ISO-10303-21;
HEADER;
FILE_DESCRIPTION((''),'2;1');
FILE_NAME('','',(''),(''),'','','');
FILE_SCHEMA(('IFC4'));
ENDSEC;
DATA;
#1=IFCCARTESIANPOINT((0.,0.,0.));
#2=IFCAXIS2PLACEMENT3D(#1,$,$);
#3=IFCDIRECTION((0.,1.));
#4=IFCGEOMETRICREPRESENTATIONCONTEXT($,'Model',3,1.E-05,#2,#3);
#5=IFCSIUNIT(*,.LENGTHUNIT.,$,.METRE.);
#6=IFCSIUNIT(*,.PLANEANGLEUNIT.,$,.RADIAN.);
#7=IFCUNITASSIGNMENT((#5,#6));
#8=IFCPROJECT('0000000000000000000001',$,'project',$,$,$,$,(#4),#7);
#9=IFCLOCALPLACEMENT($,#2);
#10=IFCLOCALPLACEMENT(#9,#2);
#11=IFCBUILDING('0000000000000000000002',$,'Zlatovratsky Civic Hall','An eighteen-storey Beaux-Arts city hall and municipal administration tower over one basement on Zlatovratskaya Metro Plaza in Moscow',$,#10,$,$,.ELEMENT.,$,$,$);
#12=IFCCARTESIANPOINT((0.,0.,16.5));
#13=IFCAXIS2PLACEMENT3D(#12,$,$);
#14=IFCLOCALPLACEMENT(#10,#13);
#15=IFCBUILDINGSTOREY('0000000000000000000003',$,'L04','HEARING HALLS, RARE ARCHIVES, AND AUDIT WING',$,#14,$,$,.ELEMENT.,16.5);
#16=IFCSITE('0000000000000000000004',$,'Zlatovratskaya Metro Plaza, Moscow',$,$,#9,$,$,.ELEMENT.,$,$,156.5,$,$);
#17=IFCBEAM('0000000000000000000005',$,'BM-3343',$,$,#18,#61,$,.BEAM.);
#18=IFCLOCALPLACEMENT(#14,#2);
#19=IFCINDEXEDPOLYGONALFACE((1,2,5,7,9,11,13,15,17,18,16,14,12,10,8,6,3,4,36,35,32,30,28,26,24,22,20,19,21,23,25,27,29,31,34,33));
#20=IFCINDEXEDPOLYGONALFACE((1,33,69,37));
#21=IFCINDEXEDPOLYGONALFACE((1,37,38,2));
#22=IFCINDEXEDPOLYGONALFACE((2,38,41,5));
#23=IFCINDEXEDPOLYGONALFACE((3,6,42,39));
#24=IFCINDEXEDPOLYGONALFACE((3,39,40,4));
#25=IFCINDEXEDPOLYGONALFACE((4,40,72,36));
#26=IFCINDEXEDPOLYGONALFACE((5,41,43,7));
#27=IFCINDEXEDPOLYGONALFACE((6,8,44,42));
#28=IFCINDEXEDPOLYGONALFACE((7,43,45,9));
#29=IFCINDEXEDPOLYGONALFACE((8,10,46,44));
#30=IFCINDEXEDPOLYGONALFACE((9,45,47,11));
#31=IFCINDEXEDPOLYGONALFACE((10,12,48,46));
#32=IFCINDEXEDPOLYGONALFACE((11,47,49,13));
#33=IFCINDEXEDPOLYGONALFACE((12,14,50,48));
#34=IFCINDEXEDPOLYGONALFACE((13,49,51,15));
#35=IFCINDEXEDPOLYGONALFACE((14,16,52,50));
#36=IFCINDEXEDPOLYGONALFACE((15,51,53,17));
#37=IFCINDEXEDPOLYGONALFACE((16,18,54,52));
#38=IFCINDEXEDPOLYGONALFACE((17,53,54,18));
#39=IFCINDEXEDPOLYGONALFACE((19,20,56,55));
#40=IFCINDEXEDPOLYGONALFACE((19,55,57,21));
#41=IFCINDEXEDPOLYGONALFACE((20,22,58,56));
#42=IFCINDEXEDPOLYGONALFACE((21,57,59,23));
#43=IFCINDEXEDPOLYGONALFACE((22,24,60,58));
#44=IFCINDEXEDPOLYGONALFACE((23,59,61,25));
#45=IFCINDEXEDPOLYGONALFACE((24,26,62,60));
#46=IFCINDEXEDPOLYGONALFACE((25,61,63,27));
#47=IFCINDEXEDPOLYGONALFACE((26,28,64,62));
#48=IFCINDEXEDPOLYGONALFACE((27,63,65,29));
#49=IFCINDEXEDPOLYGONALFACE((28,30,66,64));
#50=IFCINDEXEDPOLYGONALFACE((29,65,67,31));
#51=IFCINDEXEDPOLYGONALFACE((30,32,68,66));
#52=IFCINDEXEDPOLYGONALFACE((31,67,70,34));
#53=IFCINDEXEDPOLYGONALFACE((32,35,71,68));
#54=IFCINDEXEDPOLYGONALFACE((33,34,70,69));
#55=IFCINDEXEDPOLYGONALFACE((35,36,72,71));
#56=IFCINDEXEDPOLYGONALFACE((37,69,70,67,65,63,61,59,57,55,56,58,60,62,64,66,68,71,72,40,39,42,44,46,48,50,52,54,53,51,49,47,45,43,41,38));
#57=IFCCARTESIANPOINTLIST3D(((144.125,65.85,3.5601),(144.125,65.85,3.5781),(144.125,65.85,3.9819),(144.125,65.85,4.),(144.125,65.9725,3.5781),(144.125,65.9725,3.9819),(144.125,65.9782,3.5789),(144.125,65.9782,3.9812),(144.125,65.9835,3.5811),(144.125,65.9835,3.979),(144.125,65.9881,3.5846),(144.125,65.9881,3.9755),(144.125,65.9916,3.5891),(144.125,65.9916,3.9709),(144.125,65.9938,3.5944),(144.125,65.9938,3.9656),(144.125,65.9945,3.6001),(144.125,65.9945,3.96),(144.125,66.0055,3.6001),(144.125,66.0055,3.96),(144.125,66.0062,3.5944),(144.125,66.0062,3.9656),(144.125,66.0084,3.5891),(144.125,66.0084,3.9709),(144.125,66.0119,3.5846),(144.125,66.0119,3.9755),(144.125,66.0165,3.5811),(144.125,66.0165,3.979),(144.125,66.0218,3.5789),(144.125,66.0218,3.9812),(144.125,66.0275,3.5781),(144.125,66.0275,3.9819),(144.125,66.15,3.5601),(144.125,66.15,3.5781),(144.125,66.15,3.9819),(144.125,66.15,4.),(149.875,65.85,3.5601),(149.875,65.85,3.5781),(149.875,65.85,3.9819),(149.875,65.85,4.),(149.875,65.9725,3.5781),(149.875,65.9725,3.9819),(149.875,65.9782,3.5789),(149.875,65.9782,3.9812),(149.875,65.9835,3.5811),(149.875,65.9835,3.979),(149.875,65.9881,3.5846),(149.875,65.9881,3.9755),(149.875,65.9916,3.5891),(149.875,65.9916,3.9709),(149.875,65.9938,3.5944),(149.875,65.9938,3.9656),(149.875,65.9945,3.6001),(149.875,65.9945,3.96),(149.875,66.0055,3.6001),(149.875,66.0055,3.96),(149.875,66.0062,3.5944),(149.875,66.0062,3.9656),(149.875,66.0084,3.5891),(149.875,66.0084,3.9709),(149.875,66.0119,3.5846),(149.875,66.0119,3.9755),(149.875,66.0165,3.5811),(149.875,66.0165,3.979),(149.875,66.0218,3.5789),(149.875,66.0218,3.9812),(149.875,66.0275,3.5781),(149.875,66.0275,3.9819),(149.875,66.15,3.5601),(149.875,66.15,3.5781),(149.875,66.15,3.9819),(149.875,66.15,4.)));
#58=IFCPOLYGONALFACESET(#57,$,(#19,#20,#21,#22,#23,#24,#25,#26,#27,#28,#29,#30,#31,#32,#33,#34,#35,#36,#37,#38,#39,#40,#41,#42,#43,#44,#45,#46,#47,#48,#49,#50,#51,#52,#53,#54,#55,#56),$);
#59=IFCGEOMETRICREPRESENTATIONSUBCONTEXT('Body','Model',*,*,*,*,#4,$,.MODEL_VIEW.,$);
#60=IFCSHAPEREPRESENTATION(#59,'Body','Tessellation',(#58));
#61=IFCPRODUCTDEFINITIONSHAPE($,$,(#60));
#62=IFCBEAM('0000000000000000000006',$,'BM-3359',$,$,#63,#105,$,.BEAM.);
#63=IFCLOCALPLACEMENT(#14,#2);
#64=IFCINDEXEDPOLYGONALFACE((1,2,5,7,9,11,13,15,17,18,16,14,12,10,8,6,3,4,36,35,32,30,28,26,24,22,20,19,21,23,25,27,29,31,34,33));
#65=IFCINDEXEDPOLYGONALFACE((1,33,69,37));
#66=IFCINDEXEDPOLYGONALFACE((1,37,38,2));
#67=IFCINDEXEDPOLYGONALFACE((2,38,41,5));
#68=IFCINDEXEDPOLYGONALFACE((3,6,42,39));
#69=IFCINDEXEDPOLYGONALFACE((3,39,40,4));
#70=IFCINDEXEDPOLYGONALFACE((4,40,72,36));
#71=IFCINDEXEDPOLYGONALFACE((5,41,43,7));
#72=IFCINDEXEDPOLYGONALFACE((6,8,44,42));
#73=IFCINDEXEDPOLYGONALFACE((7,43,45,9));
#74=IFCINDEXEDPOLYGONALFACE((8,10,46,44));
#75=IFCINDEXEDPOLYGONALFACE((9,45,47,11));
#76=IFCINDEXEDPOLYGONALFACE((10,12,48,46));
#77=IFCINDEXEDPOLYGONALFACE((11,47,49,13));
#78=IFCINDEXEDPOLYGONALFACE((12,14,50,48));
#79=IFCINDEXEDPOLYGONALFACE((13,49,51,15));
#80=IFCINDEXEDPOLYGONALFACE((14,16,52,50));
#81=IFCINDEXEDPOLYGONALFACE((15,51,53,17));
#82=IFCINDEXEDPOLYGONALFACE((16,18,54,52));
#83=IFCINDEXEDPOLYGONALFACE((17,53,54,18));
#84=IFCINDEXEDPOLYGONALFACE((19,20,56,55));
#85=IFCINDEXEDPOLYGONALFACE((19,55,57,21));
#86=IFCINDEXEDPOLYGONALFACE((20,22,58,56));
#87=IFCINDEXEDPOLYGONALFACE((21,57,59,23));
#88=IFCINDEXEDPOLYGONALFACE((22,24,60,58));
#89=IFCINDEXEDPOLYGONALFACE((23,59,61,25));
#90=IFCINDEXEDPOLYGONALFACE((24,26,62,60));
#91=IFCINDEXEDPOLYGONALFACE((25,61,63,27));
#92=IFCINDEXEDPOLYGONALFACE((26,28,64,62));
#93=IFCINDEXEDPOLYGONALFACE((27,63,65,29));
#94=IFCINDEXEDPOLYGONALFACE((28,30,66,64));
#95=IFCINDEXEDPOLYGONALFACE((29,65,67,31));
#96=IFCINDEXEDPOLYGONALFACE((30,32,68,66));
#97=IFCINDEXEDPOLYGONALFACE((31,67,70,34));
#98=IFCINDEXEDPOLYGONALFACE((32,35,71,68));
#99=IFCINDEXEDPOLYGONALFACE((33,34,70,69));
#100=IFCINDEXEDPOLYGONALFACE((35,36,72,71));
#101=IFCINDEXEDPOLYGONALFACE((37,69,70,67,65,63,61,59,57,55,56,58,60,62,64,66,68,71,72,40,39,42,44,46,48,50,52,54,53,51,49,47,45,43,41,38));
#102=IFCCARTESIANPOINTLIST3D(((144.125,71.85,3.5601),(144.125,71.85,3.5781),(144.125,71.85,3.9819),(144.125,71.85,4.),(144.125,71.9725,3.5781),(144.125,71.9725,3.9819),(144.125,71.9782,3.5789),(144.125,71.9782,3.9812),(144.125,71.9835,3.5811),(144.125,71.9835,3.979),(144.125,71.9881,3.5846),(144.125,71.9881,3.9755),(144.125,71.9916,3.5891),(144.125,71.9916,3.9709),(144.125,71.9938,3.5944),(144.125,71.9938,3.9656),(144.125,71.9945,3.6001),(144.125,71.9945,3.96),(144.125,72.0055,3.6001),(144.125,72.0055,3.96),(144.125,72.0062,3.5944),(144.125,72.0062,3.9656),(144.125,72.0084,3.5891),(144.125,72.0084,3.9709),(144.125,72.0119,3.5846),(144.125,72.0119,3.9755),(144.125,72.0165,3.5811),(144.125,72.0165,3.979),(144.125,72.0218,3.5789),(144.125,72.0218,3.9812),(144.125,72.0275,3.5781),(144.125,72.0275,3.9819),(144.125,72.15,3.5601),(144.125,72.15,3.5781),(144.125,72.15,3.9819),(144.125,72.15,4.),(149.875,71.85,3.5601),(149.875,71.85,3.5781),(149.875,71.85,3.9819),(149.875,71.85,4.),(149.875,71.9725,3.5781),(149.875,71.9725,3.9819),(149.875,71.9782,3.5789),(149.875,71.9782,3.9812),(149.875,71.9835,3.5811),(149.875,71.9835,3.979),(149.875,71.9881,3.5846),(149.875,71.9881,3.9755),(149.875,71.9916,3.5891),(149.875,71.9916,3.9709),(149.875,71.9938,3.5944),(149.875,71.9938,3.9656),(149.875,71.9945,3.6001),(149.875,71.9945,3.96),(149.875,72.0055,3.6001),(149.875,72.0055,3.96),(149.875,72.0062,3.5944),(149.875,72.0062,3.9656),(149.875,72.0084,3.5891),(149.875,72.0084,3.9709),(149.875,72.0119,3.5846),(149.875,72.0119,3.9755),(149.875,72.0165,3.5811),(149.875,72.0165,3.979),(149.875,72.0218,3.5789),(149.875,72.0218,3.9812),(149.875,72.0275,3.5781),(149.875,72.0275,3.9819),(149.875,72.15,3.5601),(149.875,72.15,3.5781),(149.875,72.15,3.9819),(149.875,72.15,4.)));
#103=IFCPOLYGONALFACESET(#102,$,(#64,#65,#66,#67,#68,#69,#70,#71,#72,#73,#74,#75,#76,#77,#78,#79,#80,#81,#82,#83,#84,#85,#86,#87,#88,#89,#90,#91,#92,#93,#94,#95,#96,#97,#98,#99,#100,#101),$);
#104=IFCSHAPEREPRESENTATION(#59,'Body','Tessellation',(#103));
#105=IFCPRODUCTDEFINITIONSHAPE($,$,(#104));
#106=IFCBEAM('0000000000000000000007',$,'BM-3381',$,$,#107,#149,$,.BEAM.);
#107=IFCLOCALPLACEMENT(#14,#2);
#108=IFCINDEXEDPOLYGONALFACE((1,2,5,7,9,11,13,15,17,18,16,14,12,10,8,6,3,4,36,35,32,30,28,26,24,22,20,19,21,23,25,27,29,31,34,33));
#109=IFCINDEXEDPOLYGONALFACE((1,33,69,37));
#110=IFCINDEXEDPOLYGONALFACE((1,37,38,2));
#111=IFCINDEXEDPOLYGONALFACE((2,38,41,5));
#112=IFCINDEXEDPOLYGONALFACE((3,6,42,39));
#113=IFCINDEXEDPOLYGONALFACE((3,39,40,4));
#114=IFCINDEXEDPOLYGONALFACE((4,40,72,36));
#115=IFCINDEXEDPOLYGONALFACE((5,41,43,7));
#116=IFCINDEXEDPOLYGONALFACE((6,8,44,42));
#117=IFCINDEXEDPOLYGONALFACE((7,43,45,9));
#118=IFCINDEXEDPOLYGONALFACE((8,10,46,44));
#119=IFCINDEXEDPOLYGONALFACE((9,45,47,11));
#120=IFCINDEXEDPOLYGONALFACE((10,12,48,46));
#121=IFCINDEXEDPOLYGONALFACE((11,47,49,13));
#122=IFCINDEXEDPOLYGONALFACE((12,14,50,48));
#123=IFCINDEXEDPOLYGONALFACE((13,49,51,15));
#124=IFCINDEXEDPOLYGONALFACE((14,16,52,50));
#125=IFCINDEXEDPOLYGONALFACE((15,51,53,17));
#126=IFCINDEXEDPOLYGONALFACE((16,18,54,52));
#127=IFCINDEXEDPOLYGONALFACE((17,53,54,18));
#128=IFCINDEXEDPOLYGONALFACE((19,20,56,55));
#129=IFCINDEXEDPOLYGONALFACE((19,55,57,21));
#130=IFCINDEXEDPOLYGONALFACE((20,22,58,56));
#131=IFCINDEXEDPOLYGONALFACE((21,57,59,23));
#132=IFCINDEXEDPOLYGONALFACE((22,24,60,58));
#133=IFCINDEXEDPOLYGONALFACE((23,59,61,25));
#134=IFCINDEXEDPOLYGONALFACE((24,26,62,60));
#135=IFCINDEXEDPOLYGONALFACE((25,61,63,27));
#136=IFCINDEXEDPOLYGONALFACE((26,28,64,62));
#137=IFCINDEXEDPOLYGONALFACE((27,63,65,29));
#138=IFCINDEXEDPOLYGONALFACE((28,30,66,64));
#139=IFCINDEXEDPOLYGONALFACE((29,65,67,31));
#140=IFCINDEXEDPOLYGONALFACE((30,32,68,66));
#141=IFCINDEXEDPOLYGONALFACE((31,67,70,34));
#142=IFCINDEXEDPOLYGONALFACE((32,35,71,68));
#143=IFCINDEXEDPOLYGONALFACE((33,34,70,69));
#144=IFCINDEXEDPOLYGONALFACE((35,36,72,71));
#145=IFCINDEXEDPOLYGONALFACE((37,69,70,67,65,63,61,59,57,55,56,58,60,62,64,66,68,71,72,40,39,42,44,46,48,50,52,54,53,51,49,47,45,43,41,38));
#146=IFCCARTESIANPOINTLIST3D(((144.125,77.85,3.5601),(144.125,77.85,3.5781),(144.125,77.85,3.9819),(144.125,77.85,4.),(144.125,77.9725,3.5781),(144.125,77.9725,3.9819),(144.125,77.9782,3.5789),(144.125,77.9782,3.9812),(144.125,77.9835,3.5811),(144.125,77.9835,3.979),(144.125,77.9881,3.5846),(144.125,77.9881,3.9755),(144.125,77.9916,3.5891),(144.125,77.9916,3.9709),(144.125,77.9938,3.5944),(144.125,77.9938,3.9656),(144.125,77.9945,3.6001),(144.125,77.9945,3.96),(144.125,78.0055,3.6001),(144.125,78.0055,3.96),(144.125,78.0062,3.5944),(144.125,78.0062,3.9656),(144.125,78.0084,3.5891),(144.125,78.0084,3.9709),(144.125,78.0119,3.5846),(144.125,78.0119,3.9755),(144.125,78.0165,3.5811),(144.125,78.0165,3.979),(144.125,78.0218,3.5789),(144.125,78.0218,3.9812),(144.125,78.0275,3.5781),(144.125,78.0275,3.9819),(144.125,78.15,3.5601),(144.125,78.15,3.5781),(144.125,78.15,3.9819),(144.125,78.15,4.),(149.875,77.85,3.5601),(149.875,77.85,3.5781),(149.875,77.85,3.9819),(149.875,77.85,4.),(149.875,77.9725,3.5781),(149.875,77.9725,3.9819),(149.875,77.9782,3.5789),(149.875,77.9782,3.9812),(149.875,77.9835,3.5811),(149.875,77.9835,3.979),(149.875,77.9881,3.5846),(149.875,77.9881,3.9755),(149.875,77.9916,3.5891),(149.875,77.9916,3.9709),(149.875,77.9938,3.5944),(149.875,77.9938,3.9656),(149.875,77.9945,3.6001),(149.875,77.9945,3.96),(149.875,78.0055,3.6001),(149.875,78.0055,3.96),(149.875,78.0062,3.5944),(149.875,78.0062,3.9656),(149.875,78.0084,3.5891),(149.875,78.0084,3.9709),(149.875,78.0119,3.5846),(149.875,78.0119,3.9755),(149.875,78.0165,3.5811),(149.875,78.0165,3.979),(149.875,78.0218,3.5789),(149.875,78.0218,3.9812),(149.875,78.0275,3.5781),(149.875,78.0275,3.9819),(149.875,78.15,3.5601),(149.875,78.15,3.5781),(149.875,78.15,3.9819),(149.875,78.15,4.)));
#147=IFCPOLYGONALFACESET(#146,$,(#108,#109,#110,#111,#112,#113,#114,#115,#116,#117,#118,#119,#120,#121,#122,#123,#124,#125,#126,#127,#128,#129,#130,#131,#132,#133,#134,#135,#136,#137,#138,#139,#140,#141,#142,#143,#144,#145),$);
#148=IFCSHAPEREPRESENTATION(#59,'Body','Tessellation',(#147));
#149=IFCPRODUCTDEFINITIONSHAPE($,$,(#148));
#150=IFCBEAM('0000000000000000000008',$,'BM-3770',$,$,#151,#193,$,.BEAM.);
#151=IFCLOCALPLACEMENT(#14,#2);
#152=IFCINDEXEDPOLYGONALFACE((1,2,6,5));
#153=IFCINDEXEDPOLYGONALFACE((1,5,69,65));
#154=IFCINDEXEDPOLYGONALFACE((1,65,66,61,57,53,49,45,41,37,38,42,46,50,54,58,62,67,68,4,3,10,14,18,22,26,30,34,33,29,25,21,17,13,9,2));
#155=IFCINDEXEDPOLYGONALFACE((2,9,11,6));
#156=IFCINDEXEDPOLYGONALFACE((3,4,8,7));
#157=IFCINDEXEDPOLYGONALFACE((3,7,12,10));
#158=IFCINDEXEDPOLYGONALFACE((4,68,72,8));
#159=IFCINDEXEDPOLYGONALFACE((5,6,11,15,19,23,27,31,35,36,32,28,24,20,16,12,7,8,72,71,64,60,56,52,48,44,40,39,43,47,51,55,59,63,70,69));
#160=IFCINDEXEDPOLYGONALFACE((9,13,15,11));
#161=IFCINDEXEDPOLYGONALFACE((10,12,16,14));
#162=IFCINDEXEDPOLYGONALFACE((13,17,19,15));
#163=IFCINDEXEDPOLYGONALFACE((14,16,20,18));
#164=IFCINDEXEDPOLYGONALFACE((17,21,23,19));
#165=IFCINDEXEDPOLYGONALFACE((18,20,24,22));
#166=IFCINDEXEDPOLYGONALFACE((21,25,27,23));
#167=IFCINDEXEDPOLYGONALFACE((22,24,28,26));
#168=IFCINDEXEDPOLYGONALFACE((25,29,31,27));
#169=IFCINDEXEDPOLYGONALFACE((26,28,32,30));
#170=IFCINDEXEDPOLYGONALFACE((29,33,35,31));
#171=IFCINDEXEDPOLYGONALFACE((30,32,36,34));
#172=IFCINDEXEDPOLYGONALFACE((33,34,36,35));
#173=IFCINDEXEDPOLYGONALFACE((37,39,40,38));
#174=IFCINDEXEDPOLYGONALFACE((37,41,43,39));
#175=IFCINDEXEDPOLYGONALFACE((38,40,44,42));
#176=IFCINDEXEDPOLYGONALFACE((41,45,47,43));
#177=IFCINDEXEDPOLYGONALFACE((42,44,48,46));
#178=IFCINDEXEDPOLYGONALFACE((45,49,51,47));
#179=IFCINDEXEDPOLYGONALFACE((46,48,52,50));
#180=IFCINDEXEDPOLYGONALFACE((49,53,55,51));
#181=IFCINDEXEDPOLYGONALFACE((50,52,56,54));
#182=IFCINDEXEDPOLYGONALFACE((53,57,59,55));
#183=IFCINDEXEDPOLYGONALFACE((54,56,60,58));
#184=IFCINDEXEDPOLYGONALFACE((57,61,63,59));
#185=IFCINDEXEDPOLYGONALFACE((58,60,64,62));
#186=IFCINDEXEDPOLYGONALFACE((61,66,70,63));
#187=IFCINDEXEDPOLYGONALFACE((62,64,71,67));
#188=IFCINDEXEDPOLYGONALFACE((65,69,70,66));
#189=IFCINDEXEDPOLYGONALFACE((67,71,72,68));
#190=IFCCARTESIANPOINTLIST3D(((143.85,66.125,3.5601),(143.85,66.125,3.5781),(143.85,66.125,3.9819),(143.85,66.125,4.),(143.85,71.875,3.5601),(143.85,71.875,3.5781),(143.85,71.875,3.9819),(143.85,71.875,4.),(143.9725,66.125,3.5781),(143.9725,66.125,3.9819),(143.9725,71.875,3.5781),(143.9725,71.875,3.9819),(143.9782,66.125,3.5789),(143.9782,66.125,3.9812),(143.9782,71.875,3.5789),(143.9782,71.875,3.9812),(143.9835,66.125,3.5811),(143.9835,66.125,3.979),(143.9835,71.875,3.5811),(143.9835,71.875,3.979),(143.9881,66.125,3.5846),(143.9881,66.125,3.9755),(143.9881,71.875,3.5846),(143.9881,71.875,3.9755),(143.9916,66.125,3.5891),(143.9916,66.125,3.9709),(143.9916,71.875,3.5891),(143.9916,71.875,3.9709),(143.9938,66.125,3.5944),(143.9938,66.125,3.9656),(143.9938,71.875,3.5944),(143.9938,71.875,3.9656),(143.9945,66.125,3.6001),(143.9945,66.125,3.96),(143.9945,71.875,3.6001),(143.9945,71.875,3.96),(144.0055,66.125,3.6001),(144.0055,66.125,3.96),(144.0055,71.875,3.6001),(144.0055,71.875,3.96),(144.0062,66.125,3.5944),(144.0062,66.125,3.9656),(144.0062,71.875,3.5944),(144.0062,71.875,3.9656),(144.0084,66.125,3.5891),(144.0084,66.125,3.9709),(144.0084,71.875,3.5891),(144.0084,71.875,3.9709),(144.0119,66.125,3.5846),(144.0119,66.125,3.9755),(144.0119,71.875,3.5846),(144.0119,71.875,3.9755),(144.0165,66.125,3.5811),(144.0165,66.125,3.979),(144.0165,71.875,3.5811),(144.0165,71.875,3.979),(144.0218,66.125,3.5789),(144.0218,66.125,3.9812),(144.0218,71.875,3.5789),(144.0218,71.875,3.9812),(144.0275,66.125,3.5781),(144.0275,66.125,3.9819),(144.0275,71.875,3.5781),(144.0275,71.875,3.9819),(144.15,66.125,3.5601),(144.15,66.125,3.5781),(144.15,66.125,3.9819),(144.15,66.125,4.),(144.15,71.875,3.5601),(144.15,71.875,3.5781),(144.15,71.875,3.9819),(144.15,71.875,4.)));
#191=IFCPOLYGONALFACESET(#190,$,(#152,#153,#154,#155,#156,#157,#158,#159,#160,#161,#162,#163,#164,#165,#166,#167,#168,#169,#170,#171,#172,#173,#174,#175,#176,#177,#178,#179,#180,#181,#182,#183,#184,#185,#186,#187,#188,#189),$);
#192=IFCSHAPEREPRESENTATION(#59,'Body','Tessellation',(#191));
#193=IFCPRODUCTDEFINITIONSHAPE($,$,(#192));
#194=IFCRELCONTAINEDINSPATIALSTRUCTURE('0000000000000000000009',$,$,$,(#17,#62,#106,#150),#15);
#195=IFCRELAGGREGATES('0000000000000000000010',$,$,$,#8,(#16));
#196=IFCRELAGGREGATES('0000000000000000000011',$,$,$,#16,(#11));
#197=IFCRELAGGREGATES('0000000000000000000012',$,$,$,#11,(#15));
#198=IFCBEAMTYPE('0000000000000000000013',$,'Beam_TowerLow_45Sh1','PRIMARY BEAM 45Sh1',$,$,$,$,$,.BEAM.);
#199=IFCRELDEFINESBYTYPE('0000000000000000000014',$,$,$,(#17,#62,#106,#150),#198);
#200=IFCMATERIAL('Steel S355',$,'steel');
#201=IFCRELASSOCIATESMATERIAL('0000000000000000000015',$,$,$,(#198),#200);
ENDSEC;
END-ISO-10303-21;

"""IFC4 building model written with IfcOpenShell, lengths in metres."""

from ifc_helpers import new_model, si_unit, direction, frame, origin, origin_2d, place, context, subcontext, project, spatial, i_section, extrude, material, material_profile, profile_set, type_object, element, save


model = new_model("IFC4")

# Units and contexts
model_context = context("Model", 3, precision=1e-05, world=origin(), true_north=direction((0.0, 1.0)))
body_context = subcontext(model_context, "Body", "Model", "MODEL_VIEW")
ifc_project = project(units=[si_unit("LENGTHUNIT", "METRE"), si_unit("PLANEANGLEUNIT", "RADIAN")], contexts=[model_context])

# Site, building, storey
site_placement = place(None, origin())
site = spatial("IfcSite", under=ifc_project, at=site_placement, Name="Zlatovratskaya Metro Plaza, Moscow", CompositionType="ELEMENT", RefElevation=156.5)
building_placement = place(site_placement, origin())
building = spatial("IfcBuilding", under=site, at=building_placement, Name="Zlatovratsky Civic Hall", Description="An eighteen-storey Beaux-Arts city hall and municipal administration tower over one basement on Zlatovratskaya Metro Plaza in Moscow", CompositionType="ELEMENT")
storey_placement = place(building_placement, frame((0.0, 0.0, 16.5)))
storey = spatial("IfcBuildingStorey", under=building, at=storey_placement, Name="L04", Description="HEARING HALLS, RARE ARCHIVES, AND AUDIT WING", CompositionType="ELEMENT", Elevation=16.5)

# Shared definitions
ifc_material_1 = material(Name="Steel S355", Category="steel")

# Beams
ifc_material_profile_1 = material_profile(ifc_material_1, i_section(OverallWidth=0.3, OverallDepth=0.4399, WebThickness=0.011, FlangeThickness=0.0181, FilletRadius=0.022, at=origin_2d()), Name="45Sh1")
ifc_profile_set_1 = profile_set([ifc_material_profile_1], Name="Steel S355")
beam_type_1 = type_object("IfcBeamType", Name="Beam_TowerLow_45Sh1", Description="PRIMARY BEAM 45Sh1", PredefinedType="BEAM", material=ifc_profile_set_1)
for number, where, z_axis, x_axis, name in (
    (1, (144.125, 66.0, 3.78), (1.0, 0.0, 0.0), (0.0, 1.0, 0.0), "BM-3343"),
    (2, (144.125, 72.0, 3.78), (1.0, 0.0, 0.0), (0.0, 1.0, 0.0), "BM-3359"),
    (3, (144.125, 78.0, 3.78), (1.0, 0.0, 0.0), (0.0, 1.0, 0.0), "BM-3381"),
    (4, (144.0, 66.125, 3.78), (0.0, 1.0, 0.0), (-1.0, 0.0, 0.0), "BM-3770"),
):
    element("IfcBeam", number, at=place(storey_placement, frame(where, z_axis=z_axis, x_axis=x_axis)), inside=storey, type_object=beam_type_1, Name=name, PredefinedType="BEAM", context=body_context, shape_type="SweptSolid", body=[
        extrude(i_section(OverallWidth=0.3, OverallDepth=0.4399, WebThickness=0.011, FlangeThickness=0.0181, FilletRadius=0.022, at=origin_2d()), origin(), (0.0, 0.0, 1.0), 5.75),
    ])

save(model, "model.ifc")
